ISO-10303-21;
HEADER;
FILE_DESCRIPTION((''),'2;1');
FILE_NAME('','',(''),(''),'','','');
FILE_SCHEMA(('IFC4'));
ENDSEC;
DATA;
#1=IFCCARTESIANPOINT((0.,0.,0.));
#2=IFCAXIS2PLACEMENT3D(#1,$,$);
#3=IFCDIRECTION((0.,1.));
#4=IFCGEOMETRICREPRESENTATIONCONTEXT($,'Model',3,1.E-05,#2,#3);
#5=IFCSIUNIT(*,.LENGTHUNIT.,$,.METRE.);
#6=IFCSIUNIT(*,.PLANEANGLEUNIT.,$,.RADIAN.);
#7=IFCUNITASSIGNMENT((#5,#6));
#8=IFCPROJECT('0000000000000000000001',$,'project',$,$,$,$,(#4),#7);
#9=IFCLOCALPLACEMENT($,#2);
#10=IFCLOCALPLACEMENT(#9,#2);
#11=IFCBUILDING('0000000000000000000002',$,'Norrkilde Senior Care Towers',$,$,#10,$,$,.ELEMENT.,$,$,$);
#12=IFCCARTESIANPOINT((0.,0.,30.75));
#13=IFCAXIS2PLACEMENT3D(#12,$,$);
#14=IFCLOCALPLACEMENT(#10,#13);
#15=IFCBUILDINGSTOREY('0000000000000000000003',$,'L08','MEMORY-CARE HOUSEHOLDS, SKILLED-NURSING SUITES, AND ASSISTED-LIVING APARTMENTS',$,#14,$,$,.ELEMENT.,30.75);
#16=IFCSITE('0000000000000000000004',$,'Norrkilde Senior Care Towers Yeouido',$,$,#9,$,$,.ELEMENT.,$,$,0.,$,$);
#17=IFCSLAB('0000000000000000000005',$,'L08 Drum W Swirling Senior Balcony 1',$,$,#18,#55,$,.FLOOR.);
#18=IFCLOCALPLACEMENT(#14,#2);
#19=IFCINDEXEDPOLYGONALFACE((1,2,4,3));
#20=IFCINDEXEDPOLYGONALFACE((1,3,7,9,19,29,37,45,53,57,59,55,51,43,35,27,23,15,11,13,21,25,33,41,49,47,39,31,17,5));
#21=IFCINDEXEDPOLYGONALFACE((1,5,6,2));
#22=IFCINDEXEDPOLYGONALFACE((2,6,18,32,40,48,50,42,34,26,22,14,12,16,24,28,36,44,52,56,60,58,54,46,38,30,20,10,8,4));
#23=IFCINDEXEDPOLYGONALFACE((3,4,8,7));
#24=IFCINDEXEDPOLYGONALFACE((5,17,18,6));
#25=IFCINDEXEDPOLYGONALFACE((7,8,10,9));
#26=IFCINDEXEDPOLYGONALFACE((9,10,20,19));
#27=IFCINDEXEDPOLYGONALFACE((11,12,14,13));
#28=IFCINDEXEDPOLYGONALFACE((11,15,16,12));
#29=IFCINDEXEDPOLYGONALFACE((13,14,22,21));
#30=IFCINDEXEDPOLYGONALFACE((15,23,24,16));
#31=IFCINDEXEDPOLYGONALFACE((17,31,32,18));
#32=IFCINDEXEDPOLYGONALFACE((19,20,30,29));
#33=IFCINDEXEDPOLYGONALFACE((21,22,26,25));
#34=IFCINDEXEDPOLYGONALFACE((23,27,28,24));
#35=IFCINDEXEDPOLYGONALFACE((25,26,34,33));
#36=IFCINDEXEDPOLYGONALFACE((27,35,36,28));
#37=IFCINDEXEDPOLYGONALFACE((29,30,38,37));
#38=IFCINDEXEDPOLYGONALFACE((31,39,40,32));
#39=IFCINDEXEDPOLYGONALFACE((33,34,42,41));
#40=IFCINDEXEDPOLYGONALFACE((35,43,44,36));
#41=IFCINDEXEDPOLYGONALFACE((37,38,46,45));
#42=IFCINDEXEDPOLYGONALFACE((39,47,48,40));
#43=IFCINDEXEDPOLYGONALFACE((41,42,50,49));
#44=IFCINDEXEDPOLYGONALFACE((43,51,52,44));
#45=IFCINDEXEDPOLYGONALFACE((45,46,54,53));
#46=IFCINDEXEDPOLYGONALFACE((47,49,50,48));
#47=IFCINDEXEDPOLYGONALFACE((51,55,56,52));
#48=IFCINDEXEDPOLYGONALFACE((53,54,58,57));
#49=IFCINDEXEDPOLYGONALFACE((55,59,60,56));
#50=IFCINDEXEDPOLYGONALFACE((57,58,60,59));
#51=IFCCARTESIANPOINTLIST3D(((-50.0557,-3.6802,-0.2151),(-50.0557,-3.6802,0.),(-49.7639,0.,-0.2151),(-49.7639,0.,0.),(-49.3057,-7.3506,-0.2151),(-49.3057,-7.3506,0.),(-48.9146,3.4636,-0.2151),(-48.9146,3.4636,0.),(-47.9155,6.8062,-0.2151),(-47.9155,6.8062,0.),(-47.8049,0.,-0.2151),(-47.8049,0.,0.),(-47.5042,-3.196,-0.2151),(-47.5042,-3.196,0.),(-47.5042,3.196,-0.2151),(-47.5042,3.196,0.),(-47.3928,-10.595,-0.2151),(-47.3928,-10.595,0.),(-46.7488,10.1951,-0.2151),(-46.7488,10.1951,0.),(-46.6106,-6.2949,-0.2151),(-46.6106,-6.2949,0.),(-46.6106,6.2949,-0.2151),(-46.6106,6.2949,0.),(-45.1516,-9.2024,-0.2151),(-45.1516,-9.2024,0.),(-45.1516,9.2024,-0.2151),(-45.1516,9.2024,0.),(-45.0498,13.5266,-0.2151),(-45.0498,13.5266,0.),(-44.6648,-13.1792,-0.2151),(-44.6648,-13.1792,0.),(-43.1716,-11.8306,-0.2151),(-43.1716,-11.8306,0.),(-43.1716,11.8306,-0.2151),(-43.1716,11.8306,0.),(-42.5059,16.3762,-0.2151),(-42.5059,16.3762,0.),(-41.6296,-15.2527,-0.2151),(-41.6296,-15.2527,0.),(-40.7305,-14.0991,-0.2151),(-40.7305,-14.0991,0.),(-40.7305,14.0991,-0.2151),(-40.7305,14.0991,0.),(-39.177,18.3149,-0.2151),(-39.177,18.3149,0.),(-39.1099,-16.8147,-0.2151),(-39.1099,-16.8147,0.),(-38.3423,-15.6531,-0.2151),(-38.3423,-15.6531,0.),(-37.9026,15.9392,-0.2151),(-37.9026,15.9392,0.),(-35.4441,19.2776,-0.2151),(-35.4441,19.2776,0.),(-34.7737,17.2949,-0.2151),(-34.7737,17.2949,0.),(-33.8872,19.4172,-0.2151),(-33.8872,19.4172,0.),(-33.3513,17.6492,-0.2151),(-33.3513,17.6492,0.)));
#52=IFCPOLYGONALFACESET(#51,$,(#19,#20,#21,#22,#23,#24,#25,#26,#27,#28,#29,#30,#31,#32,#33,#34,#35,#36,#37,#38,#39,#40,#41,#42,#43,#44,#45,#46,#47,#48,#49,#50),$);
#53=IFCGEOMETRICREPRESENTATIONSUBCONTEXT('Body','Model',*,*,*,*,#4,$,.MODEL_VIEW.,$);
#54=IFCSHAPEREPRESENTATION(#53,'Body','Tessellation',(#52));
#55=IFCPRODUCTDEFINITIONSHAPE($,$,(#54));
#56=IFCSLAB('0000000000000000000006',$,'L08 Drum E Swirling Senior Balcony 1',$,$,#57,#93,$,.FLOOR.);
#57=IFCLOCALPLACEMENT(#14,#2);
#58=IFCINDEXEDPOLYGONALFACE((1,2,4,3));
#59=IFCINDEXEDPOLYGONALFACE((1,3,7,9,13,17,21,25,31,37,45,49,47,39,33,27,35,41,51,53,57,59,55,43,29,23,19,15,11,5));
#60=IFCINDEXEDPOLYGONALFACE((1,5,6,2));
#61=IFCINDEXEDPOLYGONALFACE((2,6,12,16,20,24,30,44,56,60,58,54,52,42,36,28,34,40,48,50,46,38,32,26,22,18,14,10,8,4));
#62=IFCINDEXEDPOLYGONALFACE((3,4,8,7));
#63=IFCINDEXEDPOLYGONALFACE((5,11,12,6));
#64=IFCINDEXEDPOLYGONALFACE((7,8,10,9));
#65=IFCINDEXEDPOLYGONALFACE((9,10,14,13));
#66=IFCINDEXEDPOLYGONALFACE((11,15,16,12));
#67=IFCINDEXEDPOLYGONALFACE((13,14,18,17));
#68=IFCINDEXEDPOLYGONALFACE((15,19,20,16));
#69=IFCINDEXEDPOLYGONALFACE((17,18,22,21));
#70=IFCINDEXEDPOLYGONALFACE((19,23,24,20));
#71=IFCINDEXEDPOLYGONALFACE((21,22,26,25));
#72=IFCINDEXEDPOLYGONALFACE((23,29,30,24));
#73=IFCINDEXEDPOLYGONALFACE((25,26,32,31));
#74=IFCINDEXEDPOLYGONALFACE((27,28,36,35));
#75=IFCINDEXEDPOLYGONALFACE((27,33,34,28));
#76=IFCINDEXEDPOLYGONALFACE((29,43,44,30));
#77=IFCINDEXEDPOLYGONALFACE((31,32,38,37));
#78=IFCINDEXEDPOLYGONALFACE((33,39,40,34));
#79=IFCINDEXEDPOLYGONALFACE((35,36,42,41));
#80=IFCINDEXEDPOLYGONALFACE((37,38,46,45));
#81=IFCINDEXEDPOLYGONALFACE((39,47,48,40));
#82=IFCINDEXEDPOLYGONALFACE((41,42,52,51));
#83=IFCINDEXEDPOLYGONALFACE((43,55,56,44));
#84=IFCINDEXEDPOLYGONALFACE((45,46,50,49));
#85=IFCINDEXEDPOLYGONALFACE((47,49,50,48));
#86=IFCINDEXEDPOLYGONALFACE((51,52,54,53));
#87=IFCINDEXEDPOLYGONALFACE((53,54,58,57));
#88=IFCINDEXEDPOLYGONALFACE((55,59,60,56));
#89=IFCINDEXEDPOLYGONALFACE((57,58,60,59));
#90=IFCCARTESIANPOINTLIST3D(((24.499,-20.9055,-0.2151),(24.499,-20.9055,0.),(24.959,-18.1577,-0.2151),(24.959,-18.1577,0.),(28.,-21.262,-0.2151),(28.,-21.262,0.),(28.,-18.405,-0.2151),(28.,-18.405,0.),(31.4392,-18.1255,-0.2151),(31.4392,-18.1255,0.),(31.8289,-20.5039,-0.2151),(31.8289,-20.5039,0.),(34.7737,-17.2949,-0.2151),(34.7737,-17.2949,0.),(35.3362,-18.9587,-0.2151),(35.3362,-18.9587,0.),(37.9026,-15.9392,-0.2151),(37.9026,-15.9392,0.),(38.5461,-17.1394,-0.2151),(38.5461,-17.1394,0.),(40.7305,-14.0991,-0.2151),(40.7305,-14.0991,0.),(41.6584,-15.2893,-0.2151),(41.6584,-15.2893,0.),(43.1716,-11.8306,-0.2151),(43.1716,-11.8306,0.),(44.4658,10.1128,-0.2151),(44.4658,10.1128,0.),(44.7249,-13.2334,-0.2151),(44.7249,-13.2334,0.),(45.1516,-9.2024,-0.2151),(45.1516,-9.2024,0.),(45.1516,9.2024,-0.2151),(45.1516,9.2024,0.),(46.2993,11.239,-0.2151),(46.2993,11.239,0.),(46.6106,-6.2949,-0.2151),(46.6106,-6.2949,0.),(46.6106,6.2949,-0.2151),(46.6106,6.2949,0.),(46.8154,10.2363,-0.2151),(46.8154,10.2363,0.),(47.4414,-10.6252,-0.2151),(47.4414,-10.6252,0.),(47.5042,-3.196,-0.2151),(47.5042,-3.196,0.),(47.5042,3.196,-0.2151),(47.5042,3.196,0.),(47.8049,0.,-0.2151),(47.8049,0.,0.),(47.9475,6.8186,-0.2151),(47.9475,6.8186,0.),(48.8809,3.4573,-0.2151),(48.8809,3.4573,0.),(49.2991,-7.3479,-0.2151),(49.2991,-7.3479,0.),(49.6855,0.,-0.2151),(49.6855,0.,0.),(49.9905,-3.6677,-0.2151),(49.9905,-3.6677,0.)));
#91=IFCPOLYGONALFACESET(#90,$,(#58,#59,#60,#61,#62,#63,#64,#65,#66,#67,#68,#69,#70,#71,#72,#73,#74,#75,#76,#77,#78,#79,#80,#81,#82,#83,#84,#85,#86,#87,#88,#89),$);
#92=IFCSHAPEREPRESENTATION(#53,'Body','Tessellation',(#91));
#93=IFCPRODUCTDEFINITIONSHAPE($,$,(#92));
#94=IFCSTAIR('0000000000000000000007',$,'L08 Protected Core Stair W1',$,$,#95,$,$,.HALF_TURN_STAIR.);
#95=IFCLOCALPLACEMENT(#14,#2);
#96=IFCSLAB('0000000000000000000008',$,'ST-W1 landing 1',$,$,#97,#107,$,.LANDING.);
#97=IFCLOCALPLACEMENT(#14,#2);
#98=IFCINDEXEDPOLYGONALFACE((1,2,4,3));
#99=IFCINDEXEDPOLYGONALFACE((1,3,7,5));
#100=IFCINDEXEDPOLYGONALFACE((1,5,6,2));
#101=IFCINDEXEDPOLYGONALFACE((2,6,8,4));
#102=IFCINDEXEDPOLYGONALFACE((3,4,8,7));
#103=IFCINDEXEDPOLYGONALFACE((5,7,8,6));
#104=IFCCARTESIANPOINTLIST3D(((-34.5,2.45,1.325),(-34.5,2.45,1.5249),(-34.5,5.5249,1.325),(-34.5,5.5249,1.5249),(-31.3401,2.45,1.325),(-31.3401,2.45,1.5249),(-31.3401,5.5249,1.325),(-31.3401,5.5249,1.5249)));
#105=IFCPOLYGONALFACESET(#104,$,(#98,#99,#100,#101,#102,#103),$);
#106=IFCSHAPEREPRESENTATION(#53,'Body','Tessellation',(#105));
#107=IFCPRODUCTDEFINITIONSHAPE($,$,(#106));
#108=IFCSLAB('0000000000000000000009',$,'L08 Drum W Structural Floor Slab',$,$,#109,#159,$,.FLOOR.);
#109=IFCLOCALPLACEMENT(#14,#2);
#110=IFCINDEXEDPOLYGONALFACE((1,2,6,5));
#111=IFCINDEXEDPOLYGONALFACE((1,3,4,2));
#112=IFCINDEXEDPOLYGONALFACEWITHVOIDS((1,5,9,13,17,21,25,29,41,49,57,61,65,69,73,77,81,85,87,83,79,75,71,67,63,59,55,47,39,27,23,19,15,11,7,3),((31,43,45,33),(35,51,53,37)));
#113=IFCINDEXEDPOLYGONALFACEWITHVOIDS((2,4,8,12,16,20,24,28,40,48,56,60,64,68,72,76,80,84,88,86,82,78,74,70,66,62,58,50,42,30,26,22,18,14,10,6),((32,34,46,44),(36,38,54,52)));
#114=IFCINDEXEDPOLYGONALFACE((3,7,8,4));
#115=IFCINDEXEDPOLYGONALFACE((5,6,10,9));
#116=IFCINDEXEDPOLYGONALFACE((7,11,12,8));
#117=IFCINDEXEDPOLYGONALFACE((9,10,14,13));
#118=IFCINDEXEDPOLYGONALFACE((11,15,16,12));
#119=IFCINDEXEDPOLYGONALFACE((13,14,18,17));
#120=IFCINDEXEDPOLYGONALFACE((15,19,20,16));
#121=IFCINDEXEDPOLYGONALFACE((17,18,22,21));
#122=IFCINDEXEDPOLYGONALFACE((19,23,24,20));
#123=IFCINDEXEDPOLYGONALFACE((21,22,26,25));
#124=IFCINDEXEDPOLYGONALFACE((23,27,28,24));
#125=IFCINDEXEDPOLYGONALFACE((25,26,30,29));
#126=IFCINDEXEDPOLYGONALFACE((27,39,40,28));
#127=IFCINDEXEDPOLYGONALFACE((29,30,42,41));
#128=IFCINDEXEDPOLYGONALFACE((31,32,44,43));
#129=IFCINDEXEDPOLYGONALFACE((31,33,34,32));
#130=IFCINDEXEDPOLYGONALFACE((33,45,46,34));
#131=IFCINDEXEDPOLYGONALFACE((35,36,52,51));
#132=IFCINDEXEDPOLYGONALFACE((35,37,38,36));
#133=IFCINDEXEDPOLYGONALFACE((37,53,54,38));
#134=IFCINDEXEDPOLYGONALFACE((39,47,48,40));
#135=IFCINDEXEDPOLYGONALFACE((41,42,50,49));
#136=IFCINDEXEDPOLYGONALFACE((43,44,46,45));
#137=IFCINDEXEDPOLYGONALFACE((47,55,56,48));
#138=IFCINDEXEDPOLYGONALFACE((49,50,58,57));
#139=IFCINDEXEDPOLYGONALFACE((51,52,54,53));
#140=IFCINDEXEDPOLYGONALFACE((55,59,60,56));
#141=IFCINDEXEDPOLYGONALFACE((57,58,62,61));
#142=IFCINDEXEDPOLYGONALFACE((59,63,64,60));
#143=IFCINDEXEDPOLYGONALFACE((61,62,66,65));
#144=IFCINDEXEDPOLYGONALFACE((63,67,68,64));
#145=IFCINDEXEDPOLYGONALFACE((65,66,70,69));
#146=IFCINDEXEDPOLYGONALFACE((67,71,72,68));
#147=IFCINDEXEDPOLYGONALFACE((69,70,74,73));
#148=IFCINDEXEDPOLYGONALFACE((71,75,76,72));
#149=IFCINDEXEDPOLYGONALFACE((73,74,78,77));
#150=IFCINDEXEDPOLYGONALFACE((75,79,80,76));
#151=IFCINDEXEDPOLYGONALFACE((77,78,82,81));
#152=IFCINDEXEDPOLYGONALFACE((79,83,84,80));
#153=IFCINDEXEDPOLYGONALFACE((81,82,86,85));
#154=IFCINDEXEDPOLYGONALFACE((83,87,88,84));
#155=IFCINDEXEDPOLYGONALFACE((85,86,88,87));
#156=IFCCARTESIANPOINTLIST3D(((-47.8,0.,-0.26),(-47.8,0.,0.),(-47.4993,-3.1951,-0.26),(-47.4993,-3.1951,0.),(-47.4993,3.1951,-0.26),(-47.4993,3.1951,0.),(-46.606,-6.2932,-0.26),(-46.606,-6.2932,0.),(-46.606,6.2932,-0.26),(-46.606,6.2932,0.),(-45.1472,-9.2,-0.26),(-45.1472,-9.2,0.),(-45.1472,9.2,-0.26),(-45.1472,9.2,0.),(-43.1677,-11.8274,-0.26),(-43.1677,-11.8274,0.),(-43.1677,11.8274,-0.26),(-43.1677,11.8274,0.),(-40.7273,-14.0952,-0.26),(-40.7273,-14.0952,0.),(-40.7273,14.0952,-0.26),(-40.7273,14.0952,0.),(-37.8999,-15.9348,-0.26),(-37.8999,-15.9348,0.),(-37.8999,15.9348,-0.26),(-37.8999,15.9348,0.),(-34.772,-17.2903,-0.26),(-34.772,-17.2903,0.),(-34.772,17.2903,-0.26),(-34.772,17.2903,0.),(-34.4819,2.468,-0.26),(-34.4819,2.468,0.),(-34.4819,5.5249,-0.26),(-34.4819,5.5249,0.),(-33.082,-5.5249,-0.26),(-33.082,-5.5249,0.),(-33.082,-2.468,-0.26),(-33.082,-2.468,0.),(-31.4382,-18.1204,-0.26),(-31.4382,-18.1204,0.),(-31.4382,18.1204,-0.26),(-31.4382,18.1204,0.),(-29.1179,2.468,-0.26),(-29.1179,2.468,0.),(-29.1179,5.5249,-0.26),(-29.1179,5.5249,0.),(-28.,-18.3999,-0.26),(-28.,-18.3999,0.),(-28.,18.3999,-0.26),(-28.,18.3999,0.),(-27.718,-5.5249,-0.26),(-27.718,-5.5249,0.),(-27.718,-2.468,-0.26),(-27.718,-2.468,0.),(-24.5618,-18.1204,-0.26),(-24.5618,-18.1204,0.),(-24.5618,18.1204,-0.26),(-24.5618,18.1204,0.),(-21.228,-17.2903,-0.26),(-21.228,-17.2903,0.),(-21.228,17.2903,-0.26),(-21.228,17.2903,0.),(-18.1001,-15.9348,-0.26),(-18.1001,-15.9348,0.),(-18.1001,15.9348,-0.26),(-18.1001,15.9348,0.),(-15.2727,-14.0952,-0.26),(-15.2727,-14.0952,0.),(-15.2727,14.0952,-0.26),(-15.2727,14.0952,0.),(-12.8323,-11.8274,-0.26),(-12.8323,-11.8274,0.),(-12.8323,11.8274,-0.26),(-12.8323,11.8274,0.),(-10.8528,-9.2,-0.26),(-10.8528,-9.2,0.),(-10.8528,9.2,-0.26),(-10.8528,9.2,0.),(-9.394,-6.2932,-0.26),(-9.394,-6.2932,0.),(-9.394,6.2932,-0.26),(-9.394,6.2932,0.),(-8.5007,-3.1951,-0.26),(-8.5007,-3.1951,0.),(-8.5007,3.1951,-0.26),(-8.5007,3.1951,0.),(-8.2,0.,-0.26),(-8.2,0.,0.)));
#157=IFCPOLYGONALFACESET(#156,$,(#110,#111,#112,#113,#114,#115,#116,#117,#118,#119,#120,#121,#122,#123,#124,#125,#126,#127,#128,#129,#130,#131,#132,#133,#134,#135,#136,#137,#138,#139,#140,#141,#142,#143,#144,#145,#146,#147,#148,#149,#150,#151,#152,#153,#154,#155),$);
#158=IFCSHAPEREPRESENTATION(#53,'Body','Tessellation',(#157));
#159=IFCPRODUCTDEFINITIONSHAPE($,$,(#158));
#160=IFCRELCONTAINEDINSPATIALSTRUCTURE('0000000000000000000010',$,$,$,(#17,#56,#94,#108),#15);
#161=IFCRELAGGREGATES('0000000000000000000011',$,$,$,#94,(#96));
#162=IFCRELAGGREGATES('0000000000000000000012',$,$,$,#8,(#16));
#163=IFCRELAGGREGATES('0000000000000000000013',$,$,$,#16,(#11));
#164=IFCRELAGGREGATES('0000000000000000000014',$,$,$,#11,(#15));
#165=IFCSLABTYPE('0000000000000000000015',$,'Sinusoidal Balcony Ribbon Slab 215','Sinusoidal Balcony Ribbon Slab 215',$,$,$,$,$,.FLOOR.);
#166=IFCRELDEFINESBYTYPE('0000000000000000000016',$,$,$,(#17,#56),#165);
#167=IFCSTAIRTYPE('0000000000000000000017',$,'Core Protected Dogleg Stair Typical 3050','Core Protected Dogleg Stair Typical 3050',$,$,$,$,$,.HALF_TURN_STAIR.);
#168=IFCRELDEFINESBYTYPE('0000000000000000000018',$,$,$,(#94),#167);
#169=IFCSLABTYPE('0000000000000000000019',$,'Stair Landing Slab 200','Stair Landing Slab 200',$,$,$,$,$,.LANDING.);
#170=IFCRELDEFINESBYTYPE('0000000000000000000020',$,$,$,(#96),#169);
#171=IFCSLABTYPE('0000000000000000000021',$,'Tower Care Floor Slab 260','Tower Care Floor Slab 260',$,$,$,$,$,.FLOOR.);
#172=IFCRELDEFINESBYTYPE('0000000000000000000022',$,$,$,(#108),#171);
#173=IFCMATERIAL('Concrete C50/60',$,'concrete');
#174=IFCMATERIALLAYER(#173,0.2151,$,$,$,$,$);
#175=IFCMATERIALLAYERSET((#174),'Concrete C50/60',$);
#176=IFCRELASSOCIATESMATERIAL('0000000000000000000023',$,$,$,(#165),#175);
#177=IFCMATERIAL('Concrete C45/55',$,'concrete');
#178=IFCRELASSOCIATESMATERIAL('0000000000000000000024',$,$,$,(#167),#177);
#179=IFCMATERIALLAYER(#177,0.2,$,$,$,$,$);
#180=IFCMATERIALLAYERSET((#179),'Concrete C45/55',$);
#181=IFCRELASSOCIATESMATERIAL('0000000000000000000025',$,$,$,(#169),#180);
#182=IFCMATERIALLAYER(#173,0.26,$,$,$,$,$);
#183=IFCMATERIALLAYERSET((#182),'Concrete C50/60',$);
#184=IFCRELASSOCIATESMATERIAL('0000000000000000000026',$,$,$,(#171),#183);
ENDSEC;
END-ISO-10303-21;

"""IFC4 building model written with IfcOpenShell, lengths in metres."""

from ifc_helpers import new_model, si_unit, direction, frame, origin, place, context, subcontext, project, spatial, polyline, outline, extrude, material, layer, layer_set, type_object, element, aggregate, save


model = new_model("IFC4")

# Units and contexts
model_context = context("Model", 3, precision=1e-05, world=origin(), true_north=direction((0.0, 1.0)))
body_context = subcontext(model_context, "Body", "Model", "MODEL_VIEW")
ifc_project = project(units=[si_unit("LENGTHUNIT", "METRE"), si_unit("PLANEANGLEUNIT", "RADIAN")], contexts=[model_context])

# Site, building, storey
site_placement = place(None, origin())
site = spatial("IfcSite", under=ifc_project, at=site_placement, Name="Norrkilde Senior Care Towers Yeouido", CompositionType="ELEMENT", RefElevation=0.0)
building_placement = place(site_placement, origin())
building = spatial("IfcBuilding", under=site, at=building_placement, Name="Norrkilde Senior Care Towers", CompositionType="ELEMENT")
storey_placement = place(building_placement, frame((0.0, 0.0, 30.75)))
storey = spatial("IfcBuildingStorey", under=building, at=storey_placement, Name="L08", Description="MEMORY-CARE HOUSEHOLDS, SKILLED-NURSING SUITES, AND ASSISTED-LIVING APARTMENTS", CompositionType="ELEMENT", Elevation=30.75)

# Slabs
ifc_material_1 = material(Name="Concrete C50/60", Category="concrete")
ifc_layer_1 = layer(ifc_material_1, 0.2151)
ifc_layer_set_1 = layer_set([ifc_layer_1], Name="Concrete C50/60")
slab_type_1 = type_object("IfcSlabType", Name="Sinusoidal Balcony Ribbon Slab 215", Description="Sinusoidal Balcony Ribbon Slab 215", PredefinedType="FLOOR", material=ifc_layer_set_1)
slab_1_placement = place(storey_placement, frame((0.0, 0.0, -0.2151)))
element("IfcSlab", 1, at=slab_1_placement, inside=storey, type_object=slab_type_1, Name="L08 Drum W Swirling Senior Balcony 1", PredefinedType="FLOOR", context=body_context, shape_type="SweptSolid", body=[
    extrude(outline(polyline([(-44.6648, -13.1792), (-47.3928, -10.595), (-49.3057, -7.3506), (-50.0557, -3.6802), (-49.7639, 0.0), (-48.9146, 3.4636), (-47.9155, 6.8062), (-46.7488, 10.1951), (-45.0498, 13.5266), (-42.5059, 16.3762), (-39.177, 18.3149), (-35.4441, 19.2776), (-33.8872, 19.4172), (-33.3513, 17.6492), (-34.7737, 17.2949), (-37.9026, 15.9392), (-40.7305, 14.0991), (-43.1716, 11.8306), (-45.1516, 9.2024), (-46.6106, 6.2949), (-47.5042, 3.196), (-47.8049, 0.0), (-47.5042, -3.196), (-46.6106, -6.2949), (-45.1516, -9.2024), (-43.1716, -11.8306), (-40.7305, -14.0991), (-38.3423, -15.6531), (-39.1099, -16.8147), (-41.6296, -15.2527), (-44.6648, -13.1792)])), origin(), (0.0, 0.0, 1.0), 0.2151),
])
slab_2_placement = place(storey_placement, frame((0.0, 0.0, -0.2151)))
element("IfcSlab", 2, at=slab_2_placement, inside=storey, type_object=slab_type_1, Name="L08 Drum E Swirling Senior Balcony 1", PredefinedType="FLOOR", context=body_context, shape_type="SweptSolid", body=[
    extrude(outline(polyline([(47.4414, -10.6252), (44.7249, -13.2334), (41.6584, -15.2893), (38.5461, -17.1394), (35.3362, -18.9587), (31.8289, -20.5039), (28.0, -21.262), (24.499, -20.9055), (24.959, -18.1577), (28.0, -18.405), (31.4392, -18.1255), (34.7737, -17.2949), (37.9026, -15.9392), (40.7305, -14.0991), (43.1716, -11.8306), (45.1516, -9.2024), (46.6106, -6.2949), (47.5042, -3.196), (47.8049, 0.0), (47.5042, 3.196), (46.6106, 6.2949), (45.1516, 9.2024), (44.4658, 10.1128), (46.2993, 11.239), (46.8154, 10.2363), (47.9475, 6.8186), (48.8809, 3.4573), (49.6855, 0.0), (49.9905, -3.6677), (49.2991, -7.3479), (47.4414, -10.6252)])), origin(), (0.0, 0.0, 1.0), 0.2151),
])

# Stair, slab
ifc_material_2 = material(Name="Concrete C45/55", Category="concrete")
stair_type = type_object("IfcStairType", Name="Core Protected Dogleg Stair Typical 3050", Description="Core Protected Dogleg Stair Typical 3050", PredefinedType="HALF_TURN_STAIR", material=ifc_material_2)
stair_placement = place(storey_placement, origin())
stair = element("IfcStair", 3, at=stair_placement, inside=storey, type_object=stair_type, Name="L08 Protected Core Stair W1", PredefinedType="HALF_TURN_STAIR")
ifc_layer_2 = layer(ifc_material_2, 0.2)
ifc_layer_set_2 = layer_set([ifc_layer_2], Name="Concrete C45/55")
slab_type_2 = type_object("IfcSlabType", Name="Stair Landing Slab 200", Description="Stair Landing Slab 200", PredefinedType="LANDING", material=ifc_layer_set_2)
slab_3_placement = place(storey_placement, frame((0.0, 0.0, 1.325)))
slab_3 = element("IfcSlab", 4, at=slab_3_placement, type_object=slab_type_2, Name="ST-W1 landing 1", PredefinedType="LANDING", context=body_context, shape_type="SweptSolid", body=[
    extrude(outline(polyline([(-31.3401, 5.5249), (-34.5, 5.5249), (-34.5, 2.45), (-31.3401, 2.45), (-31.3401, 5.5249)])), origin(), (0.0, 0.0, 1.0), 0.2),
])
aggregate(stair, [slab_3])

# Slab
ifc_layer_3 = layer(ifc_material_1, 0.26)
ifc_layer_set_3 = layer_set([ifc_layer_3], Name="Concrete C50/60")
slab_type_3 = type_object("IfcSlabType", Name="Tower Care Floor Slab 260", Description="Tower Care Floor Slab 260", PredefinedType="FLOOR", material=ifc_layer_set_3)
slab_4_placement = place(storey_placement, frame((0.0, 0.0, -0.26)))
element("IfcSlab", 5, at=slab_4_placement, inside=storey, type_object=slab_type_3, Name="L08 Drum W Structural Floor Slab", PredefinedType="FLOOR", context=body_context, shape_type="SweptSolid", body=[
    extrude(outline(polyline([(-9.394, -6.2932), (-10.8528, -9.2), (-12.8323, -11.8274), (-15.2727, -14.0952), (-18.1001, -15.9348), (-21.228, -17.2903), (-24.5618, -18.1204), (-28.0, -18.3999), (-31.4382, -18.1204), (-34.772, -17.2903), (-37.8999, -15.9348), (-40.7273, -14.0952), (-43.1677, -11.8274), (-45.1472, -9.2), (-46.606, -6.2932), (-47.4993, -3.1951), (-47.8, 0.0), (-47.4993, 3.1951), (-46.606, 6.2932), (-45.1472, 9.2), (-43.1677, 11.8274), (-40.7273, 14.0952), (-37.8999, 15.9348), (-34.772, 17.2903), (-31.4382, 18.1204), (-28.0, 18.3999), (-24.5618, 18.1204), (-21.228, 17.2903), (-18.1001, 15.9348), (-15.2727, 14.0952), (-12.8323, 11.8274), (-10.8528, 9.2), (-9.394, 6.2932), (-8.5007, 3.1951), (-8.2, 0.0), (-8.5007, -3.1951), (-9.394, -6.2932)]), holes=[polyline([(-34.4819, 2.468), (-29.1179, 2.468), (-29.1179, 5.5249), (-34.4819, 5.5249), (-34.4819, 2.468)]), polyline([(-27.718, -5.5249), (-27.718, -2.468), (-33.082, -2.468), (-33.082, -5.5249), (-27.718, -5.5249)])]), origin(), (0.0, 0.0, 1.0), 0.26),
])

save(model, "model.ifc")
